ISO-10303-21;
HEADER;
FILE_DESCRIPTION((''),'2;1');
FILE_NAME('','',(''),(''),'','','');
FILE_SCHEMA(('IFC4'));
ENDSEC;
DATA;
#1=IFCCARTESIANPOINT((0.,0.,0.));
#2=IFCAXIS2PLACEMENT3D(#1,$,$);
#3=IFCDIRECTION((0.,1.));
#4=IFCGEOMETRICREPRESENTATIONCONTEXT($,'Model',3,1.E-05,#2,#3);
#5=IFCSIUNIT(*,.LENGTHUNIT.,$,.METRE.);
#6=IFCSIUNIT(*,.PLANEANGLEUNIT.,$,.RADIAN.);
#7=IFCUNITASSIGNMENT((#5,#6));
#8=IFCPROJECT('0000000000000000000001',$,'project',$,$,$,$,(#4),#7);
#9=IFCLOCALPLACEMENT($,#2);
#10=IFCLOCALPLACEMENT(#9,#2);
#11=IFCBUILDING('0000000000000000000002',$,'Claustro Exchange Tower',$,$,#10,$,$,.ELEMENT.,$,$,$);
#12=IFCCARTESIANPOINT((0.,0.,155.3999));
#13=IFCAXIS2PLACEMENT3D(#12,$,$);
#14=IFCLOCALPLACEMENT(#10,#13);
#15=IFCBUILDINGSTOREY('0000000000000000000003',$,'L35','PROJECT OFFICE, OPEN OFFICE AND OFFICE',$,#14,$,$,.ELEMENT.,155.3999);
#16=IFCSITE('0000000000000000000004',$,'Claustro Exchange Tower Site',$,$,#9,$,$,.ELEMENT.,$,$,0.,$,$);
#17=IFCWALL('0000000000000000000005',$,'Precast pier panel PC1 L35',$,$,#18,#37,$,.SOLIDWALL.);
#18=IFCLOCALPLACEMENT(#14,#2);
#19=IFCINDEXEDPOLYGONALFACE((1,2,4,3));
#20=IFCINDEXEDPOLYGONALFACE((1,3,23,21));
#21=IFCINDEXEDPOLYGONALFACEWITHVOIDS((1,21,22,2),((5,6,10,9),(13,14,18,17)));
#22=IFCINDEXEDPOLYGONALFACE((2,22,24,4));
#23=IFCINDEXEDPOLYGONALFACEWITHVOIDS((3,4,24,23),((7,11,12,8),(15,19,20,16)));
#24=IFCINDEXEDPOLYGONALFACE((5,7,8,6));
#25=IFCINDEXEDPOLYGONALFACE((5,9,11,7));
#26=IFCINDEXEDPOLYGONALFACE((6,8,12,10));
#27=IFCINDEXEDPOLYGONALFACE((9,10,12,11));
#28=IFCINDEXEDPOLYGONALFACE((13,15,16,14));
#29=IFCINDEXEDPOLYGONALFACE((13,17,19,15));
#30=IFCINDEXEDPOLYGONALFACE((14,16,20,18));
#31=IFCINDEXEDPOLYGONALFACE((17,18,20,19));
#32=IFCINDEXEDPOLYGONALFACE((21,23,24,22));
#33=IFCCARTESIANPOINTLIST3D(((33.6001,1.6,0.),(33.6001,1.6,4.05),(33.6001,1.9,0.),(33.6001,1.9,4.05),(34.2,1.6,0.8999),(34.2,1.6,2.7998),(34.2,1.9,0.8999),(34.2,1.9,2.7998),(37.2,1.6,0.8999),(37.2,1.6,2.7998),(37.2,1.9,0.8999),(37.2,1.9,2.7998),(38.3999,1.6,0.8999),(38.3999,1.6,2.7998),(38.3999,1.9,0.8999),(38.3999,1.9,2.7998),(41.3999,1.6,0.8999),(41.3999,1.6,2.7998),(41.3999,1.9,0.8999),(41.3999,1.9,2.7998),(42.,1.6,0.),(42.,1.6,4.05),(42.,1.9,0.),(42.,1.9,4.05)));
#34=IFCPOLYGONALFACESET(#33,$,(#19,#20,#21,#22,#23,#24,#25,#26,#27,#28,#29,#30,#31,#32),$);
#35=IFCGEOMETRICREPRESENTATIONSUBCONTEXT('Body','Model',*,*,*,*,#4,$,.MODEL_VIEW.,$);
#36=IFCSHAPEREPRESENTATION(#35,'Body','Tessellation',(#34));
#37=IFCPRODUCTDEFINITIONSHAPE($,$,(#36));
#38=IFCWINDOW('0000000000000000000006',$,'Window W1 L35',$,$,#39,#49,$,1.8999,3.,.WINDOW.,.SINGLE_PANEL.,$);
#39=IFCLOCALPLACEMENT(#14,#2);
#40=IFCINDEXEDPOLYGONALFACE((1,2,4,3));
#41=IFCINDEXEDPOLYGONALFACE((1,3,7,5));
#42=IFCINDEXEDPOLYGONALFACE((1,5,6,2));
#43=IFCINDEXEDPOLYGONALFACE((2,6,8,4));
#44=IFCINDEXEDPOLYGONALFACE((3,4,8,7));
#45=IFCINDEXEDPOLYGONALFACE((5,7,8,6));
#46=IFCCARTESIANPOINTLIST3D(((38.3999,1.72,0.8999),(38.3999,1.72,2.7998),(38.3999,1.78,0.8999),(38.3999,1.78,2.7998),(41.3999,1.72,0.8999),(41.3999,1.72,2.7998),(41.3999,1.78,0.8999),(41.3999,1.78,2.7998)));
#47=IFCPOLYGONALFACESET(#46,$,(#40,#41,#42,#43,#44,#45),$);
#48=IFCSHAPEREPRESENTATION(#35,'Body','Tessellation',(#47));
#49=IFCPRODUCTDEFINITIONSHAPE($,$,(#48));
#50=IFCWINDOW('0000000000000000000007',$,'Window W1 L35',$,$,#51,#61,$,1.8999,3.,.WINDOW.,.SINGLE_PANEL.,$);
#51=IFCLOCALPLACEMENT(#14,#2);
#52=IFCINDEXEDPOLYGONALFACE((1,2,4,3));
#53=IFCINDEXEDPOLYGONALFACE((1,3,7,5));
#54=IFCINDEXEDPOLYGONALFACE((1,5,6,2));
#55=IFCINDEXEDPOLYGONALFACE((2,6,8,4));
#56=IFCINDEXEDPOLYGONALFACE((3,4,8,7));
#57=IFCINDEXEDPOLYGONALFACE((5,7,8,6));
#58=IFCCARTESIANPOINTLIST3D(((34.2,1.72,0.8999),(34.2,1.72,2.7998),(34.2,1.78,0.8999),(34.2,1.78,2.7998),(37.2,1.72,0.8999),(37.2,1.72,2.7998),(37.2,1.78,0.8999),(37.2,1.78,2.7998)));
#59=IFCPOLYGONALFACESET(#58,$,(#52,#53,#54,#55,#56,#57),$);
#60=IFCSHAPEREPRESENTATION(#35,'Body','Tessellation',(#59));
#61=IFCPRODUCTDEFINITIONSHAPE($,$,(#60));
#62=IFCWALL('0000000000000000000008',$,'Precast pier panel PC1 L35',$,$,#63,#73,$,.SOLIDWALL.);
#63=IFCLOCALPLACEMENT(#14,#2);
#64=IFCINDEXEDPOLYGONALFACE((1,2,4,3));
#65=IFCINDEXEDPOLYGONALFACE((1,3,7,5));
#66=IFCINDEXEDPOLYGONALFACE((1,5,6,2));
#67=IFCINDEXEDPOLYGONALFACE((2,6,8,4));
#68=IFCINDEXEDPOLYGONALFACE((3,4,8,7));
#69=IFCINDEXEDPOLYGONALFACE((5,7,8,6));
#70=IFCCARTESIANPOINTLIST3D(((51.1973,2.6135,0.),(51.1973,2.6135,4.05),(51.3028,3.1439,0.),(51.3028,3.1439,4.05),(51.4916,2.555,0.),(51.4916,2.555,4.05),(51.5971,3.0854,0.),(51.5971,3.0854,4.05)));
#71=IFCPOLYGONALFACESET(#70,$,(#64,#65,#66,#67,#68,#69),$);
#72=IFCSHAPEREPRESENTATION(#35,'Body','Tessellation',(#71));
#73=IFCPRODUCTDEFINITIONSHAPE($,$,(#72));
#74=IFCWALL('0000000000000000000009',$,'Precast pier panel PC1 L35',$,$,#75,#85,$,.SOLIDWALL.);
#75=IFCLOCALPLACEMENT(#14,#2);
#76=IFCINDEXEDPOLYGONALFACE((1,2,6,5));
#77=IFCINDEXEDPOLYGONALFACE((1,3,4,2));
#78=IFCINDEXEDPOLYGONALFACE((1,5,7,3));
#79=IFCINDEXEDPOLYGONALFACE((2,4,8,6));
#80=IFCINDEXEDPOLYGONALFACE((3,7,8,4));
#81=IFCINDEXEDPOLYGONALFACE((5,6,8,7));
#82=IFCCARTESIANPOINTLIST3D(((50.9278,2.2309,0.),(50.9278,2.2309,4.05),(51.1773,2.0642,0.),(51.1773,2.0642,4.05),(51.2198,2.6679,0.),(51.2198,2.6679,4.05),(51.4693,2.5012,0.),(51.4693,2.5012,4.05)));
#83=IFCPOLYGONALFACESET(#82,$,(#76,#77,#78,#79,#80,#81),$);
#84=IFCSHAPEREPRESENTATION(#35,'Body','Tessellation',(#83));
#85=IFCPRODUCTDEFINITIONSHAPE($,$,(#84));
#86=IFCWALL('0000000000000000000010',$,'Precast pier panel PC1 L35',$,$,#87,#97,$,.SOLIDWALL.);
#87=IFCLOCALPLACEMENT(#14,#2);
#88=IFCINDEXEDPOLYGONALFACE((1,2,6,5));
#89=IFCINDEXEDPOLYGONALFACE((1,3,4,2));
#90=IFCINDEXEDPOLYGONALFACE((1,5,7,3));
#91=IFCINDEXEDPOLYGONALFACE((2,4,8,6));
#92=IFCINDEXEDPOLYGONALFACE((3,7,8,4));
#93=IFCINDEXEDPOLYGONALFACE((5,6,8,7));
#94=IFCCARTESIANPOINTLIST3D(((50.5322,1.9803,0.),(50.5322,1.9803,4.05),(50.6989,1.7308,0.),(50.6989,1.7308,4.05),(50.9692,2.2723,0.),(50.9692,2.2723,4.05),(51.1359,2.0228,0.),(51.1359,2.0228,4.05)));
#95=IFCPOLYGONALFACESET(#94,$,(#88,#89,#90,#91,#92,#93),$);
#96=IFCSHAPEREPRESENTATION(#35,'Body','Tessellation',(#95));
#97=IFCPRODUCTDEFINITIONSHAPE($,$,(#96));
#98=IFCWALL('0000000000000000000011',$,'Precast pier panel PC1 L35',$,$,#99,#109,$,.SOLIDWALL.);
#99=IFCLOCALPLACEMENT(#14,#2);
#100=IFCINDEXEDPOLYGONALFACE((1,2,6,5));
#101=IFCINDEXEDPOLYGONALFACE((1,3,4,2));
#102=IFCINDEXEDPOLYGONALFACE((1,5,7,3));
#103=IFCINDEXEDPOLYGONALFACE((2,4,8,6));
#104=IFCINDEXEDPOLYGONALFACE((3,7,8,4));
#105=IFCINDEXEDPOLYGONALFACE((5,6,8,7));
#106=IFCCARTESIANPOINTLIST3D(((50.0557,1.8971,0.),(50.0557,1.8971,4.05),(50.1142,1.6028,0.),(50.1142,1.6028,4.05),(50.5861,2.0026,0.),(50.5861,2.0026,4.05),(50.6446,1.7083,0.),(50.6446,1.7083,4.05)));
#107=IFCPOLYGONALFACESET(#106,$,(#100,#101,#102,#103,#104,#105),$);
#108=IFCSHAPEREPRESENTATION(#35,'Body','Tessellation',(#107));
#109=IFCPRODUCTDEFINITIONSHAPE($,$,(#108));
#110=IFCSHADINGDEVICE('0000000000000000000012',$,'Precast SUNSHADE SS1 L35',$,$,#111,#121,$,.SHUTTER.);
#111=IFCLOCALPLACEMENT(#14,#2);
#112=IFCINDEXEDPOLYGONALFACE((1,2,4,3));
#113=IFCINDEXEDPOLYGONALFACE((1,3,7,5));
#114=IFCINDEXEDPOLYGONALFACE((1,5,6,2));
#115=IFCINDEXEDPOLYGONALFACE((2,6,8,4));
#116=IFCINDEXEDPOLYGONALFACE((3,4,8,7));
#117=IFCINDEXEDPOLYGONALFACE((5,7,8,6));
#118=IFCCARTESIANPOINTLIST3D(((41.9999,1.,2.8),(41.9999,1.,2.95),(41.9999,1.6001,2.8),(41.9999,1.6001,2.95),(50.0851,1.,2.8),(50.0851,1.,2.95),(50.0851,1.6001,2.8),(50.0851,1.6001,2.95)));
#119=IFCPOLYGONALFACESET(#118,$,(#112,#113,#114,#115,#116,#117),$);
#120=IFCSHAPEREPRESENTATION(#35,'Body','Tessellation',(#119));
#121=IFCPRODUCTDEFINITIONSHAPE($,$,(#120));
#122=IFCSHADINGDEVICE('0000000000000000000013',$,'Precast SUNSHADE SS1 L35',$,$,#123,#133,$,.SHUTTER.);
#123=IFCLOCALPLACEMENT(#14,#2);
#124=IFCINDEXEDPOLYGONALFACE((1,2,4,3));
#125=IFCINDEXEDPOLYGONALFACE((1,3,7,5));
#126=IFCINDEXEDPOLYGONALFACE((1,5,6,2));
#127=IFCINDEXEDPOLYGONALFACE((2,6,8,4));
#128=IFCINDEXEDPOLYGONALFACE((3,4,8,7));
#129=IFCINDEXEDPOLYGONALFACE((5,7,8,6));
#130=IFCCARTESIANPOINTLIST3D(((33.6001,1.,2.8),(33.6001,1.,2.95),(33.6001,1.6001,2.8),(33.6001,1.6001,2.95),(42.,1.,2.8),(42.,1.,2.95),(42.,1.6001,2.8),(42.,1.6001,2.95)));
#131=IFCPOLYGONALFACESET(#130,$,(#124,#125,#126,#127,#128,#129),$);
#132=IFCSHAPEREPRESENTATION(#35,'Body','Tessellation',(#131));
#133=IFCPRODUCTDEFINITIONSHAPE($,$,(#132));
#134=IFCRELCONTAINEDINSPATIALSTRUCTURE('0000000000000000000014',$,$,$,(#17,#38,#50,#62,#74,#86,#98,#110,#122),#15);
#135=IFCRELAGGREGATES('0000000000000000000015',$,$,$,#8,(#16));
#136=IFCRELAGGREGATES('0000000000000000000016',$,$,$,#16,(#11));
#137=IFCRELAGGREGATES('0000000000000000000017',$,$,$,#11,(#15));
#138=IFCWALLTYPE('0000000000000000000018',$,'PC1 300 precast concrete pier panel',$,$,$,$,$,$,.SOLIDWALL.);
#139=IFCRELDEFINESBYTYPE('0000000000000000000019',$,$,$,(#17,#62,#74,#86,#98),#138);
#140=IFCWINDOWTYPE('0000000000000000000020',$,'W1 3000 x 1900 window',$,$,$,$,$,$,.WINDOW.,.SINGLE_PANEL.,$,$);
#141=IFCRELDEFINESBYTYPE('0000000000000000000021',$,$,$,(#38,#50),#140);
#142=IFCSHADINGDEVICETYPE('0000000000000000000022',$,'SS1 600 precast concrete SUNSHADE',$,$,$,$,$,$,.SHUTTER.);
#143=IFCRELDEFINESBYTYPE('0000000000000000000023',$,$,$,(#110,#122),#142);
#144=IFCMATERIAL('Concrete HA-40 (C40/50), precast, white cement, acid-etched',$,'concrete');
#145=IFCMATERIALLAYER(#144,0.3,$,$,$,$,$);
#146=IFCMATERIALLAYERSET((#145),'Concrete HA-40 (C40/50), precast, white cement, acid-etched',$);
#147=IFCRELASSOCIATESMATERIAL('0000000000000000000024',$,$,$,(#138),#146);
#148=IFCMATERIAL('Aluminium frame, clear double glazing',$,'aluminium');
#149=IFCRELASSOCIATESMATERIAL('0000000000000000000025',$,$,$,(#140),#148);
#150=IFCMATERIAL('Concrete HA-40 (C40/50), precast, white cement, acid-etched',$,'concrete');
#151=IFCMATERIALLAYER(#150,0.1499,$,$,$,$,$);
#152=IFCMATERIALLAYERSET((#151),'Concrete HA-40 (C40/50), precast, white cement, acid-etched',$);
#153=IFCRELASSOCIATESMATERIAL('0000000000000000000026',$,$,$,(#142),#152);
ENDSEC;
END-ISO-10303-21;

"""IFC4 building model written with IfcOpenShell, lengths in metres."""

from ifc_helpers import new_model, si_unit, direction, frame, frame_2d, origin, origin_2d, place, context, subcontext, project, spatial, rectangle, extrude, material, layer, layer_set, type_object, element, fill, save


model = new_model("IFC4")

# Units and contexts
model_context = context("Model", 3, precision=1e-05, world=origin(), true_north=direction((0.0, 1.0)))
body_context = subcontext(model_context, "Body", "Model", "MODEL_VIEW")
ifc_project = project(units=[si_unit("LENGTHUNIT", "METRE"), si_unit("PLANEANGLEUNIT", "RADIAN")], contexts=[model_context])

# Site, building, storey
site_placement = place(None, origin())
site = spatial("IfcSite", under=ifc_project, at=site_placement, Name="Claustro Exchange Tower Site", CompositionType="ELEMENT", RefElevation=0.0)
building_placement = place(site_placement, origin())
building = spatial("IfcBuilding", under=site, at=building_placement, Name="Claustro Exchange Tower", CompositionType="ELEMENT")
storey_placement = place(building_placement, frame((0.0, 0.0, 155.3999)))
storey = spatial("IfcBuildingStorey", under=building, at=storey_placement, Name="L35", Description="PROJECT OFFICE, OPEN OFFICE AND OFFICE", CompositionType="ELEMENT", Elevation=155.3999)

# Wall, openings, windows
ifc_material_1 = material(Name="Concrete HA-40 (C40/50), precast, white cement, acid-etched", Category="concrete")
ifc_layer_1 = layer(ifc_material_1, 0.3)
ifc_layer_set_1 = layer_set([ifc_layer_1], Name="Concrete HA-40 (C40/50), precast, white cement, acid-etched")
wall_type_1 = type_object("IfcWallType", Name="PC1 300 precast concrete pier panel", PredefinedType="SOLIDWALL", material=ifc_layer_set_1)
ifc_material_2 = material(Name="Aluminium frame, clear double glazing", Category="aluminium")
window_type = type_object("IfcWindowType", Name="W1 3000 x 1900 window", PartitioningType="SINGLE_PANEL", PredefinedType="WINDOW", material=ifc_material_2)
wall_1_placement = place(storey_placement, frame((42.0, 1.75, 0.0), z_axis=(0.0, 0.0, 1.0), x_axis=(-1.0, 0.0, 0.0)))
wall_1 = element("IfcWall", 1, at=wall_1_placement, inside=storey, type_object=wall_type_1, Name="Precast pier panel PC1 L35", PredefinedType="SOLIDWALL", context=body_context, shape_type="SweptSolid", body=[
    extrude(rectangle(XDim=8.3999, YDim=0.3, at=frame_2d((4.2, 0.0))), origin(), (0.0, 0.0, 1.0), 4.05),
])
opening_1_placement = place(wall_1_placement, frame((0.6001, 0.0, 0.8999)))
opening_1 = element("IfcOpeningElement", 2, at=opening_1_placement, cuts=wall_1, PredefinedType="OPENING", context=body_context, shape_type="SweptSolid", body=[
    extrude(rectangle(XDim=3.0, YDim=1.8999, at=frame_2d((1.5, 0.95))), frame((0.0, 0.1599, 0.0), z_axis=(0.0, -1.0, 0.0), x_axis=(1.0, 0.0, 0.0)), (0.0, 0.0, 1.0), 0.3201),
])
opening_2_placement = place(wall_1_placement, frame((4.8, 0.0, 0.8999)))
opening_2 = element("IfcOpeningElement", 3, at=opening_2_placement, cuts=wall_1, PredefinedType="OPENING", context=body_context, shape_type="SweptSolid", body=[
    extrude(rectangle(XDim=3.0, YDim=1.8999, at=frame_2d((1.5, 0.95))), frame((0.0, 0.1599, 0.0), z_axis=(0.0, -1.0, 0.0), x_axis=(1.0, 0.0, 0.0)), (0.0, 0.0, 1.0), 0.3201),
])
window_1_placement = place(opening_1_placement, origin())
window_1 = element("IfcWindow", 4, at=window_1_placement, inside=storey, type_object=window_type, Name="Window W1 L35", OverallHeight=1.8999, OverallWidth=3.0, PartitioningType="SINGLE_PANEL", PredefinedType="WINDOW", context=body_context, shape_type="SweptSolid", body=[
    extrude(rectangle(XDim=3.0, YDim=1.8999, at=frame_2d((1.5, 0.95))), frame((0.0, 0.03, 0.0), z_axis=(0.0, -1.0, 0.0), x_axis=(1.0, 0.0, 0.0)), (0.0, 0.0, 1.0), 0.0601),
])
fill(opening_1, window_1)
window_2_placement = place(opening_2_placement, origin())
window_2 = element("IfcWindow", 5, at=window_2_placement, inside=storey, type_object=window_type, Name="Window W1 L35", OverallHeight=1.8999, OverallWidth=3.0, PartitioningType="SINGLE_PANEL", PredefinedType="WINDOW", context=body_context, shape_type="SweptSolid", body=[
    extrude(rectangle(XDim=3.0, YDim=1.8999, at=frame_2d((1.5, 0.95))), frame((0.0, 0.03, 0.0), z_axis=(0.0, -1.0, 0.0), x_axis=(1.0, 0.0, 0.0)), (0.0, 0.0, 1.0), 0.0601),
])
fill(opening_2, window_2)

# Walls
wall_2_placement = place(storey_placement, frame((51.45, 3.1147, 0.0), z_axis=(0.0, 0.0, 1.0), x_axis=(-0.195074, -0.980789, 0.0)))
element("IfcWall", 6, at=wall_2_placement, inside=storey, type_object=wall_type_1, Name="Precast pier panel PC1 L35", PredefinedType="SOLIDWALL", context=body_context, shape_type="SweptSolid", body=[
    extrude(rectangle(XDim=0.5408, YDim=0.3, at=frame_2d((0.2705, 0.0))), origin(), (0.0, 0.0, 1.0), 4.05),
])
for number, where, z_axis, x_axis, name in (
    (7, (51.3445, 2.5845, 0.0), (0.0, 0.0, 1.0), (-0.555557, -0.831478, 0.0), "Precast pier panel PC1 L35"),
    (8, (51.0525, 2.1475, 0.0), (0.0, 0.0, 1.0), (-0.831478, -0.555557, 0.0), "Precast pier panel PC1 L35"),
):
    element("IfcWall", number, at=place(storey_placement, frame(where, z_axis=z_axis, x_axis=x_axis)), inside=storey, type_object=wall_type_1, Name=name, PredefinedType="SOLIDWALL", context=body_context, shape_type="SweptSolid", body=[
        extrude(rectangle(XDim=0.5256, YDim=0.3, at=frame_2d((0.2627, 0.0))), origin(), (0.0, 0.0, 1.0), 4.05),
    ])
wall_3_placement = place(storey_placement, frame((50.6155, 1.8555, 0.0), z_axis=(0.0, 0.0, 1.0), x_axis=(-0.980789, -0.195074, 0.0)))
element("IfcWall", 9, at=wall_3_placement, inside=storey, type_object=wall_type_1, Name="Precast pier panel PC1 L35", PredefinedType="SOLIDWALL", context=body_context, shape_type="SweptSolid", body=[
    extrude(rectangle(XDim=0.5408, YDim=0.3, at=frame_2d((0.2705, 0.0))), origin(), (0.0, 0.0, 1.0), 4.05),
])

# Shading devices
ifc_material_3 = material(Name="Concrete HA-40 (C40/50), precast, white cement, acid-etched", Category="concrete")
ifc_layer_2 = layer(ifc_material_3, 0.1499)
ifc_layer_set_2 = layer_set([ifc_layer_2], Name="Concrete HA-40 (C40/50), precast, white cement, acid-etched")
shading_device_type = type_object("IfcShadingDeviceType", Name="SS1 600 precast concrete SUNSHADE", PredefinedType="SHUTTER", material=ifc_layer_set_2)
shading_device_1_placement = place(storey_placement, frame((46.0425, 1.3, 2.8), z_axis=(0.0, 0.0, 1.0), x_axis=(-1.0, 0.0, 0.0)))
element("IfcShadingDevice", 10, at=shading_device_1_placement, inside=storey, type_object=shading_device_type, Name="Precast SUNSHADE SS1 L35", PredefinedType="SHUTTER", context=body_context, shape_type="SweptSolid", body=[
    extrude(rectangle(XDim=8.0852, YDim=0.6001, at=origin_2d()), origin(), (0.0, 0.0, 1.0), 0.1499),
])
shading_device_2_placement = place(storey_placement, frame((37.8, 1.3, 2.8), z_axis=(0.0, 0.0, 1.0), x_axis=(-1.0, 0.0, 0.0)))
element("IfcShadingDevice", 11, at=shading_device_2_placement, inside=storey, type_object=shading_device_type, Name="Precast SUNSHADE SS1 L35", PredefinedType="SHUTTER", context=body_context, shape_type="SweptSolid", body=[
    extrude(rectangle(XDim=8.3999, YDim=0.6001, at=origin_2d()), origin(), (0.0, 0.0, 1.0), 0.1499),
])

save(model, "model.ifc")
